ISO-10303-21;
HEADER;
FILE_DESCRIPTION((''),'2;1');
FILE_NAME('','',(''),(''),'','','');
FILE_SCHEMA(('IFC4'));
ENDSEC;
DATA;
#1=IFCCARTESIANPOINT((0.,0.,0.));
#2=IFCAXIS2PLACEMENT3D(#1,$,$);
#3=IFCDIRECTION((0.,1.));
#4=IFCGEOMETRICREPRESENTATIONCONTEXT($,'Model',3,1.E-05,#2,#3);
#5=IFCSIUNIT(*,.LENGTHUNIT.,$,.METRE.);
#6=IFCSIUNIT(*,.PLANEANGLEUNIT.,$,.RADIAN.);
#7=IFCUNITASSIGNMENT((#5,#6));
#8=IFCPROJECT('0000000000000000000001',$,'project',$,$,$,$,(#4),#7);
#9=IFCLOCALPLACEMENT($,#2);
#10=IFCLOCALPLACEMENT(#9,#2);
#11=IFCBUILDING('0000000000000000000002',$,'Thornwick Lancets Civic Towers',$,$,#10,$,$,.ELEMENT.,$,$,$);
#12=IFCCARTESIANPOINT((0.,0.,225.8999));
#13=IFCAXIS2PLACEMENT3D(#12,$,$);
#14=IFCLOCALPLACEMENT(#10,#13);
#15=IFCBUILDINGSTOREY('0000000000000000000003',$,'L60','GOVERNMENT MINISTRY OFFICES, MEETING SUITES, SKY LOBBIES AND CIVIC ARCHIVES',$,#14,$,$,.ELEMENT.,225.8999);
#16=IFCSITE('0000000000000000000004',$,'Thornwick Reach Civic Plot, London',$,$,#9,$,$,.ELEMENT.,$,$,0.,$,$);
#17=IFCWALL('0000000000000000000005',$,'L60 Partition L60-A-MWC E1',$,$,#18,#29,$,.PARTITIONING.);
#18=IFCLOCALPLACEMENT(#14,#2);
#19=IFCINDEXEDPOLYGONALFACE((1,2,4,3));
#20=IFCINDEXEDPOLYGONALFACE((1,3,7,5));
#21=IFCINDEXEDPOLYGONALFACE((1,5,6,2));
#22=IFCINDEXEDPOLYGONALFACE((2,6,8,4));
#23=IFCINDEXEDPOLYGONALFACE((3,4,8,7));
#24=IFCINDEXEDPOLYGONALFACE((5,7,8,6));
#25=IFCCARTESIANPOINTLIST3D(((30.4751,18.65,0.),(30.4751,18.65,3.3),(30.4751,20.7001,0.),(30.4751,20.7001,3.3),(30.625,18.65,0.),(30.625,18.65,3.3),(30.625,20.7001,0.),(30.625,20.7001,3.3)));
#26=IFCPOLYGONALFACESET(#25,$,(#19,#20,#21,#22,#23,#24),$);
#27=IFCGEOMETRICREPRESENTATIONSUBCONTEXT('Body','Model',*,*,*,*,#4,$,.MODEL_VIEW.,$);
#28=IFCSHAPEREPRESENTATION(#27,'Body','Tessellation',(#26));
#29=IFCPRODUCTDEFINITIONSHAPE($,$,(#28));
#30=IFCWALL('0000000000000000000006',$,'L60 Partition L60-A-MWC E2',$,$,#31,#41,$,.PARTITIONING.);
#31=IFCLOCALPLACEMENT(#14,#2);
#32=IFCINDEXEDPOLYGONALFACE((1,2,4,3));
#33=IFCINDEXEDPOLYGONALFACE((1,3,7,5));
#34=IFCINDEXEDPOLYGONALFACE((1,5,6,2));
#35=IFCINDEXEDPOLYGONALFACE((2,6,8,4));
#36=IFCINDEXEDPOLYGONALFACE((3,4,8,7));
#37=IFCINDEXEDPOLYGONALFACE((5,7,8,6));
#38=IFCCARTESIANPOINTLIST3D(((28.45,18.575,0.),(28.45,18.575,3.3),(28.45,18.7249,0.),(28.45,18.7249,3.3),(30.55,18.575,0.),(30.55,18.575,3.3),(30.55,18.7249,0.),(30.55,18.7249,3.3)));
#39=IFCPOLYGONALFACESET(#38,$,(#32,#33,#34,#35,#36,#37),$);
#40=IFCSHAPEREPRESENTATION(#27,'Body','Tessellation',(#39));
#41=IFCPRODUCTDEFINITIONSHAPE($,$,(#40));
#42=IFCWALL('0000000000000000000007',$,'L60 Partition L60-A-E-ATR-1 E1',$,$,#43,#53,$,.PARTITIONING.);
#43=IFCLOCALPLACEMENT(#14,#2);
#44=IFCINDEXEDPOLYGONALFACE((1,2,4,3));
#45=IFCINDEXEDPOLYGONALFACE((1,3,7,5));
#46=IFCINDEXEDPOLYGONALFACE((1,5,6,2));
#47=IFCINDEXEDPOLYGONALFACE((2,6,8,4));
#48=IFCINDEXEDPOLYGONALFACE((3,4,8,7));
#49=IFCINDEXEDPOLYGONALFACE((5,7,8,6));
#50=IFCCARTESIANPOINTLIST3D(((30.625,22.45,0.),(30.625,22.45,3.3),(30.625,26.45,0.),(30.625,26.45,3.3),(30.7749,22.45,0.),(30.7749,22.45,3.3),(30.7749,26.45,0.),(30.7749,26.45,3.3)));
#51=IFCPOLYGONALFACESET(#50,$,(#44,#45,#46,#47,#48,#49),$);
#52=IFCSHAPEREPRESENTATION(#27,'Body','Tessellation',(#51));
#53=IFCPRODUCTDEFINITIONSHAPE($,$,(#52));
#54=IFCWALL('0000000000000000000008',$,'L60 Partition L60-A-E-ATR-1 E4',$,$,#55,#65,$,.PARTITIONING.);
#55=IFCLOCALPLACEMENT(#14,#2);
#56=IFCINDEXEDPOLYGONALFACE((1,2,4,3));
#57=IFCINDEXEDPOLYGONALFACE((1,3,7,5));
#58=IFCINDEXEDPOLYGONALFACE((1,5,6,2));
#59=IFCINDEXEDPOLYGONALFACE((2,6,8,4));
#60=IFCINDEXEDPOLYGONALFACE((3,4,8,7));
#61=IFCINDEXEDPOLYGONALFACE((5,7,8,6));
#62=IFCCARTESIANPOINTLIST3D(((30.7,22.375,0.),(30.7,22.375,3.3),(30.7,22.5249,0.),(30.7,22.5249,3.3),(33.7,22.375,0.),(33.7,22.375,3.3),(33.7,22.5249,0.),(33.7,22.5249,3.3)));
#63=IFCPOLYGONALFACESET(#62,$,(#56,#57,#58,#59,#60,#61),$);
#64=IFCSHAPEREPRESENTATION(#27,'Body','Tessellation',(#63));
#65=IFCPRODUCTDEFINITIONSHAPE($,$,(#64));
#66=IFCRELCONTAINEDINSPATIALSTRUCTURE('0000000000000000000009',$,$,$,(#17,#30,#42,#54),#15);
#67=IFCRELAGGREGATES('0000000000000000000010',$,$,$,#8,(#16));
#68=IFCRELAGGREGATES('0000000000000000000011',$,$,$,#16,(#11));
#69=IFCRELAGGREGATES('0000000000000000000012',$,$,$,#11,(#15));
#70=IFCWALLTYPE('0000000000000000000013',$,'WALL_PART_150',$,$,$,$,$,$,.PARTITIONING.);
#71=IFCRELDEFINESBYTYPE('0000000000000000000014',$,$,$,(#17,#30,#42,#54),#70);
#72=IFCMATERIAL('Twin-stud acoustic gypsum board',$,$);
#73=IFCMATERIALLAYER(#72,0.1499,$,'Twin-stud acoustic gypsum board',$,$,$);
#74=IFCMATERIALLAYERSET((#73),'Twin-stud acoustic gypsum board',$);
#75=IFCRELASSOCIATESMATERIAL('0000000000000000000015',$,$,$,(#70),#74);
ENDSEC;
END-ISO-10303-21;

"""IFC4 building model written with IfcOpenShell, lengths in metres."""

from ifc_helpers import new_model, si_unit, direction, frame, frame_2d, origin, place, context, subcontext, project, spatial, rectangle, extrude, material, layer, layer_set, type_object, element, save


model = new_model("IFC4")

# Units and contexts
model_context = context("Model", 3, precision=1e-05, world=origin(), true_north=direction((0.0, 1.0)))
body_context = subcontext(model_context, "Body", "Model", "MODEL_VIEW")
ifc_project = project(units=[si_unit("LENGTHUNIT", "METRE"), si_unit("PLANEANGLEUNIT", "RADIAN")], contexts=[model_context])

# Site, building, storey
site_placement = place(None, origin())
site = spatial("IfcSite", under=ifc_project, at=site_placement, Name="Thornwick Reach Civic Plot, London", CompositionType="ELEMENT", RefElevation=0.0)
building_placement = place(site_placement, origin())
building = spatial("IfcBuilding", under=site, at=building_placement, Name="Thornwick Lancets Civic Towers", CompositionType="ELEMENT")
storey_placement = place(building_placement, frame((0.0, 0.0, 225.8999)))
storey = spatial("IfcBuildingStorey", under=building, at=storey_placement, Name="L60", Description="GOVERNMENT MINISTRY OFFICES, MEETING SUITES, SKY LOBBIES AND CIVIC ARCHIVES", CompositionType="ELEMENT", Elevation=225.8999)

# Walls
ifc_material_1 = material(Name="Twin-stud acoustic gypsum board")
ifc_layer_1 = layer(ifc_material_1, 0.1499, Name="Twin-stud acoustic gypsum board")
ifc_layer_set_1 = layer_set([ifc_layer_1], Name="Twin-stud acoustic gypsum board")
wall_type_1 = type_object("IfcWallType", Name="WALL_PART_150", PredefinedType="PARTITIONING", material=ifc_layer_set_1)
wall_1_placement = place(storey_placement, frame((30.55, 20.7, 0.0), z_axis=(0.0, 0.0, 1.0), x_axis=(0.0, -1.0, 0.0)))
element("IfcWall", 1, at=wall_1_placement, inside=storey, type_object=wall_type_1, Name="L60 Partition L60-A-MWC E1", PredefinedType="PARTITIONING", context=body_context, shape_type="SweptSolid", body=[
    extrude(rectangle(XDim=2.05, YDim=0.1499, at=frame_2d((1.0249, 0.0))), origin(), (0.0, 0.0, 1.0), 3.3),
])
wall_2_placement = place(storey_placement, frame((30.55, 18.6499, 0.0), z_axis=(0.0, 0.0, 1.0), x_axis=(-1.0, 0.0, 0.0)))
element("IfcWall", 2, at=wall_2_placement, inside=storey, type_object=wall_type_1, Name="L60 Partition L60-A-MWC E2", PredefinedType="PARTITIONING", context=body_context, shape_type="SweptSolid", body=[
    extrude(rectangle(XDim=2.1001, YDim=0.1499, at=frame_2d((1.05, 0.0))), origin(), (0.0, 0.0, 1.0), 3.3),
])
wall_3_placement = place(storey_placement, frame((30.7, 22.45, 0.0), z_axis=(0.0, 0.0, 1.0), x_axis=(0.0, 1.0, 0.0)))
element("IfcWall", 3, at=wall_3_placement, inside=storey, type_object=wall_type_1, Name="L60 Partition L60-A-E-ATR-1 E1", PredefinedType="PARTITIONING", context=body_context, shape_type="SweptSolid", body=[
    extrude(rectangle(XDim=4.0, YDim=0.1499, at=frame_2d((2.0, 0.0))), origin(), (0.0, 0.0, 1.0), 3.3),
])
wall_4_placement = place(storey_placement, frame((33.7, 22.45, 0.0), z_axis=(0.0, 0.0, 1.0), x_axis=(-1.0, 0.0, 0.0)))
element("IfcWall", 4, at=wall_4_placement, inside=storey, type_object=wall_type_1, Name="L60 Partition L60-A-E-ATR-1 E4", PredefinedType="PARTITIONING", context=body_context, shape_type="SweptSolid", body=[
    extrude(rectangle(XDim=3.0, YDim=0.1499, at=frame_2d((1.5, 0.0))), origin(), (0.0, 0.0, 1.0), 3.3),
])

save(model, "model.ifc")
